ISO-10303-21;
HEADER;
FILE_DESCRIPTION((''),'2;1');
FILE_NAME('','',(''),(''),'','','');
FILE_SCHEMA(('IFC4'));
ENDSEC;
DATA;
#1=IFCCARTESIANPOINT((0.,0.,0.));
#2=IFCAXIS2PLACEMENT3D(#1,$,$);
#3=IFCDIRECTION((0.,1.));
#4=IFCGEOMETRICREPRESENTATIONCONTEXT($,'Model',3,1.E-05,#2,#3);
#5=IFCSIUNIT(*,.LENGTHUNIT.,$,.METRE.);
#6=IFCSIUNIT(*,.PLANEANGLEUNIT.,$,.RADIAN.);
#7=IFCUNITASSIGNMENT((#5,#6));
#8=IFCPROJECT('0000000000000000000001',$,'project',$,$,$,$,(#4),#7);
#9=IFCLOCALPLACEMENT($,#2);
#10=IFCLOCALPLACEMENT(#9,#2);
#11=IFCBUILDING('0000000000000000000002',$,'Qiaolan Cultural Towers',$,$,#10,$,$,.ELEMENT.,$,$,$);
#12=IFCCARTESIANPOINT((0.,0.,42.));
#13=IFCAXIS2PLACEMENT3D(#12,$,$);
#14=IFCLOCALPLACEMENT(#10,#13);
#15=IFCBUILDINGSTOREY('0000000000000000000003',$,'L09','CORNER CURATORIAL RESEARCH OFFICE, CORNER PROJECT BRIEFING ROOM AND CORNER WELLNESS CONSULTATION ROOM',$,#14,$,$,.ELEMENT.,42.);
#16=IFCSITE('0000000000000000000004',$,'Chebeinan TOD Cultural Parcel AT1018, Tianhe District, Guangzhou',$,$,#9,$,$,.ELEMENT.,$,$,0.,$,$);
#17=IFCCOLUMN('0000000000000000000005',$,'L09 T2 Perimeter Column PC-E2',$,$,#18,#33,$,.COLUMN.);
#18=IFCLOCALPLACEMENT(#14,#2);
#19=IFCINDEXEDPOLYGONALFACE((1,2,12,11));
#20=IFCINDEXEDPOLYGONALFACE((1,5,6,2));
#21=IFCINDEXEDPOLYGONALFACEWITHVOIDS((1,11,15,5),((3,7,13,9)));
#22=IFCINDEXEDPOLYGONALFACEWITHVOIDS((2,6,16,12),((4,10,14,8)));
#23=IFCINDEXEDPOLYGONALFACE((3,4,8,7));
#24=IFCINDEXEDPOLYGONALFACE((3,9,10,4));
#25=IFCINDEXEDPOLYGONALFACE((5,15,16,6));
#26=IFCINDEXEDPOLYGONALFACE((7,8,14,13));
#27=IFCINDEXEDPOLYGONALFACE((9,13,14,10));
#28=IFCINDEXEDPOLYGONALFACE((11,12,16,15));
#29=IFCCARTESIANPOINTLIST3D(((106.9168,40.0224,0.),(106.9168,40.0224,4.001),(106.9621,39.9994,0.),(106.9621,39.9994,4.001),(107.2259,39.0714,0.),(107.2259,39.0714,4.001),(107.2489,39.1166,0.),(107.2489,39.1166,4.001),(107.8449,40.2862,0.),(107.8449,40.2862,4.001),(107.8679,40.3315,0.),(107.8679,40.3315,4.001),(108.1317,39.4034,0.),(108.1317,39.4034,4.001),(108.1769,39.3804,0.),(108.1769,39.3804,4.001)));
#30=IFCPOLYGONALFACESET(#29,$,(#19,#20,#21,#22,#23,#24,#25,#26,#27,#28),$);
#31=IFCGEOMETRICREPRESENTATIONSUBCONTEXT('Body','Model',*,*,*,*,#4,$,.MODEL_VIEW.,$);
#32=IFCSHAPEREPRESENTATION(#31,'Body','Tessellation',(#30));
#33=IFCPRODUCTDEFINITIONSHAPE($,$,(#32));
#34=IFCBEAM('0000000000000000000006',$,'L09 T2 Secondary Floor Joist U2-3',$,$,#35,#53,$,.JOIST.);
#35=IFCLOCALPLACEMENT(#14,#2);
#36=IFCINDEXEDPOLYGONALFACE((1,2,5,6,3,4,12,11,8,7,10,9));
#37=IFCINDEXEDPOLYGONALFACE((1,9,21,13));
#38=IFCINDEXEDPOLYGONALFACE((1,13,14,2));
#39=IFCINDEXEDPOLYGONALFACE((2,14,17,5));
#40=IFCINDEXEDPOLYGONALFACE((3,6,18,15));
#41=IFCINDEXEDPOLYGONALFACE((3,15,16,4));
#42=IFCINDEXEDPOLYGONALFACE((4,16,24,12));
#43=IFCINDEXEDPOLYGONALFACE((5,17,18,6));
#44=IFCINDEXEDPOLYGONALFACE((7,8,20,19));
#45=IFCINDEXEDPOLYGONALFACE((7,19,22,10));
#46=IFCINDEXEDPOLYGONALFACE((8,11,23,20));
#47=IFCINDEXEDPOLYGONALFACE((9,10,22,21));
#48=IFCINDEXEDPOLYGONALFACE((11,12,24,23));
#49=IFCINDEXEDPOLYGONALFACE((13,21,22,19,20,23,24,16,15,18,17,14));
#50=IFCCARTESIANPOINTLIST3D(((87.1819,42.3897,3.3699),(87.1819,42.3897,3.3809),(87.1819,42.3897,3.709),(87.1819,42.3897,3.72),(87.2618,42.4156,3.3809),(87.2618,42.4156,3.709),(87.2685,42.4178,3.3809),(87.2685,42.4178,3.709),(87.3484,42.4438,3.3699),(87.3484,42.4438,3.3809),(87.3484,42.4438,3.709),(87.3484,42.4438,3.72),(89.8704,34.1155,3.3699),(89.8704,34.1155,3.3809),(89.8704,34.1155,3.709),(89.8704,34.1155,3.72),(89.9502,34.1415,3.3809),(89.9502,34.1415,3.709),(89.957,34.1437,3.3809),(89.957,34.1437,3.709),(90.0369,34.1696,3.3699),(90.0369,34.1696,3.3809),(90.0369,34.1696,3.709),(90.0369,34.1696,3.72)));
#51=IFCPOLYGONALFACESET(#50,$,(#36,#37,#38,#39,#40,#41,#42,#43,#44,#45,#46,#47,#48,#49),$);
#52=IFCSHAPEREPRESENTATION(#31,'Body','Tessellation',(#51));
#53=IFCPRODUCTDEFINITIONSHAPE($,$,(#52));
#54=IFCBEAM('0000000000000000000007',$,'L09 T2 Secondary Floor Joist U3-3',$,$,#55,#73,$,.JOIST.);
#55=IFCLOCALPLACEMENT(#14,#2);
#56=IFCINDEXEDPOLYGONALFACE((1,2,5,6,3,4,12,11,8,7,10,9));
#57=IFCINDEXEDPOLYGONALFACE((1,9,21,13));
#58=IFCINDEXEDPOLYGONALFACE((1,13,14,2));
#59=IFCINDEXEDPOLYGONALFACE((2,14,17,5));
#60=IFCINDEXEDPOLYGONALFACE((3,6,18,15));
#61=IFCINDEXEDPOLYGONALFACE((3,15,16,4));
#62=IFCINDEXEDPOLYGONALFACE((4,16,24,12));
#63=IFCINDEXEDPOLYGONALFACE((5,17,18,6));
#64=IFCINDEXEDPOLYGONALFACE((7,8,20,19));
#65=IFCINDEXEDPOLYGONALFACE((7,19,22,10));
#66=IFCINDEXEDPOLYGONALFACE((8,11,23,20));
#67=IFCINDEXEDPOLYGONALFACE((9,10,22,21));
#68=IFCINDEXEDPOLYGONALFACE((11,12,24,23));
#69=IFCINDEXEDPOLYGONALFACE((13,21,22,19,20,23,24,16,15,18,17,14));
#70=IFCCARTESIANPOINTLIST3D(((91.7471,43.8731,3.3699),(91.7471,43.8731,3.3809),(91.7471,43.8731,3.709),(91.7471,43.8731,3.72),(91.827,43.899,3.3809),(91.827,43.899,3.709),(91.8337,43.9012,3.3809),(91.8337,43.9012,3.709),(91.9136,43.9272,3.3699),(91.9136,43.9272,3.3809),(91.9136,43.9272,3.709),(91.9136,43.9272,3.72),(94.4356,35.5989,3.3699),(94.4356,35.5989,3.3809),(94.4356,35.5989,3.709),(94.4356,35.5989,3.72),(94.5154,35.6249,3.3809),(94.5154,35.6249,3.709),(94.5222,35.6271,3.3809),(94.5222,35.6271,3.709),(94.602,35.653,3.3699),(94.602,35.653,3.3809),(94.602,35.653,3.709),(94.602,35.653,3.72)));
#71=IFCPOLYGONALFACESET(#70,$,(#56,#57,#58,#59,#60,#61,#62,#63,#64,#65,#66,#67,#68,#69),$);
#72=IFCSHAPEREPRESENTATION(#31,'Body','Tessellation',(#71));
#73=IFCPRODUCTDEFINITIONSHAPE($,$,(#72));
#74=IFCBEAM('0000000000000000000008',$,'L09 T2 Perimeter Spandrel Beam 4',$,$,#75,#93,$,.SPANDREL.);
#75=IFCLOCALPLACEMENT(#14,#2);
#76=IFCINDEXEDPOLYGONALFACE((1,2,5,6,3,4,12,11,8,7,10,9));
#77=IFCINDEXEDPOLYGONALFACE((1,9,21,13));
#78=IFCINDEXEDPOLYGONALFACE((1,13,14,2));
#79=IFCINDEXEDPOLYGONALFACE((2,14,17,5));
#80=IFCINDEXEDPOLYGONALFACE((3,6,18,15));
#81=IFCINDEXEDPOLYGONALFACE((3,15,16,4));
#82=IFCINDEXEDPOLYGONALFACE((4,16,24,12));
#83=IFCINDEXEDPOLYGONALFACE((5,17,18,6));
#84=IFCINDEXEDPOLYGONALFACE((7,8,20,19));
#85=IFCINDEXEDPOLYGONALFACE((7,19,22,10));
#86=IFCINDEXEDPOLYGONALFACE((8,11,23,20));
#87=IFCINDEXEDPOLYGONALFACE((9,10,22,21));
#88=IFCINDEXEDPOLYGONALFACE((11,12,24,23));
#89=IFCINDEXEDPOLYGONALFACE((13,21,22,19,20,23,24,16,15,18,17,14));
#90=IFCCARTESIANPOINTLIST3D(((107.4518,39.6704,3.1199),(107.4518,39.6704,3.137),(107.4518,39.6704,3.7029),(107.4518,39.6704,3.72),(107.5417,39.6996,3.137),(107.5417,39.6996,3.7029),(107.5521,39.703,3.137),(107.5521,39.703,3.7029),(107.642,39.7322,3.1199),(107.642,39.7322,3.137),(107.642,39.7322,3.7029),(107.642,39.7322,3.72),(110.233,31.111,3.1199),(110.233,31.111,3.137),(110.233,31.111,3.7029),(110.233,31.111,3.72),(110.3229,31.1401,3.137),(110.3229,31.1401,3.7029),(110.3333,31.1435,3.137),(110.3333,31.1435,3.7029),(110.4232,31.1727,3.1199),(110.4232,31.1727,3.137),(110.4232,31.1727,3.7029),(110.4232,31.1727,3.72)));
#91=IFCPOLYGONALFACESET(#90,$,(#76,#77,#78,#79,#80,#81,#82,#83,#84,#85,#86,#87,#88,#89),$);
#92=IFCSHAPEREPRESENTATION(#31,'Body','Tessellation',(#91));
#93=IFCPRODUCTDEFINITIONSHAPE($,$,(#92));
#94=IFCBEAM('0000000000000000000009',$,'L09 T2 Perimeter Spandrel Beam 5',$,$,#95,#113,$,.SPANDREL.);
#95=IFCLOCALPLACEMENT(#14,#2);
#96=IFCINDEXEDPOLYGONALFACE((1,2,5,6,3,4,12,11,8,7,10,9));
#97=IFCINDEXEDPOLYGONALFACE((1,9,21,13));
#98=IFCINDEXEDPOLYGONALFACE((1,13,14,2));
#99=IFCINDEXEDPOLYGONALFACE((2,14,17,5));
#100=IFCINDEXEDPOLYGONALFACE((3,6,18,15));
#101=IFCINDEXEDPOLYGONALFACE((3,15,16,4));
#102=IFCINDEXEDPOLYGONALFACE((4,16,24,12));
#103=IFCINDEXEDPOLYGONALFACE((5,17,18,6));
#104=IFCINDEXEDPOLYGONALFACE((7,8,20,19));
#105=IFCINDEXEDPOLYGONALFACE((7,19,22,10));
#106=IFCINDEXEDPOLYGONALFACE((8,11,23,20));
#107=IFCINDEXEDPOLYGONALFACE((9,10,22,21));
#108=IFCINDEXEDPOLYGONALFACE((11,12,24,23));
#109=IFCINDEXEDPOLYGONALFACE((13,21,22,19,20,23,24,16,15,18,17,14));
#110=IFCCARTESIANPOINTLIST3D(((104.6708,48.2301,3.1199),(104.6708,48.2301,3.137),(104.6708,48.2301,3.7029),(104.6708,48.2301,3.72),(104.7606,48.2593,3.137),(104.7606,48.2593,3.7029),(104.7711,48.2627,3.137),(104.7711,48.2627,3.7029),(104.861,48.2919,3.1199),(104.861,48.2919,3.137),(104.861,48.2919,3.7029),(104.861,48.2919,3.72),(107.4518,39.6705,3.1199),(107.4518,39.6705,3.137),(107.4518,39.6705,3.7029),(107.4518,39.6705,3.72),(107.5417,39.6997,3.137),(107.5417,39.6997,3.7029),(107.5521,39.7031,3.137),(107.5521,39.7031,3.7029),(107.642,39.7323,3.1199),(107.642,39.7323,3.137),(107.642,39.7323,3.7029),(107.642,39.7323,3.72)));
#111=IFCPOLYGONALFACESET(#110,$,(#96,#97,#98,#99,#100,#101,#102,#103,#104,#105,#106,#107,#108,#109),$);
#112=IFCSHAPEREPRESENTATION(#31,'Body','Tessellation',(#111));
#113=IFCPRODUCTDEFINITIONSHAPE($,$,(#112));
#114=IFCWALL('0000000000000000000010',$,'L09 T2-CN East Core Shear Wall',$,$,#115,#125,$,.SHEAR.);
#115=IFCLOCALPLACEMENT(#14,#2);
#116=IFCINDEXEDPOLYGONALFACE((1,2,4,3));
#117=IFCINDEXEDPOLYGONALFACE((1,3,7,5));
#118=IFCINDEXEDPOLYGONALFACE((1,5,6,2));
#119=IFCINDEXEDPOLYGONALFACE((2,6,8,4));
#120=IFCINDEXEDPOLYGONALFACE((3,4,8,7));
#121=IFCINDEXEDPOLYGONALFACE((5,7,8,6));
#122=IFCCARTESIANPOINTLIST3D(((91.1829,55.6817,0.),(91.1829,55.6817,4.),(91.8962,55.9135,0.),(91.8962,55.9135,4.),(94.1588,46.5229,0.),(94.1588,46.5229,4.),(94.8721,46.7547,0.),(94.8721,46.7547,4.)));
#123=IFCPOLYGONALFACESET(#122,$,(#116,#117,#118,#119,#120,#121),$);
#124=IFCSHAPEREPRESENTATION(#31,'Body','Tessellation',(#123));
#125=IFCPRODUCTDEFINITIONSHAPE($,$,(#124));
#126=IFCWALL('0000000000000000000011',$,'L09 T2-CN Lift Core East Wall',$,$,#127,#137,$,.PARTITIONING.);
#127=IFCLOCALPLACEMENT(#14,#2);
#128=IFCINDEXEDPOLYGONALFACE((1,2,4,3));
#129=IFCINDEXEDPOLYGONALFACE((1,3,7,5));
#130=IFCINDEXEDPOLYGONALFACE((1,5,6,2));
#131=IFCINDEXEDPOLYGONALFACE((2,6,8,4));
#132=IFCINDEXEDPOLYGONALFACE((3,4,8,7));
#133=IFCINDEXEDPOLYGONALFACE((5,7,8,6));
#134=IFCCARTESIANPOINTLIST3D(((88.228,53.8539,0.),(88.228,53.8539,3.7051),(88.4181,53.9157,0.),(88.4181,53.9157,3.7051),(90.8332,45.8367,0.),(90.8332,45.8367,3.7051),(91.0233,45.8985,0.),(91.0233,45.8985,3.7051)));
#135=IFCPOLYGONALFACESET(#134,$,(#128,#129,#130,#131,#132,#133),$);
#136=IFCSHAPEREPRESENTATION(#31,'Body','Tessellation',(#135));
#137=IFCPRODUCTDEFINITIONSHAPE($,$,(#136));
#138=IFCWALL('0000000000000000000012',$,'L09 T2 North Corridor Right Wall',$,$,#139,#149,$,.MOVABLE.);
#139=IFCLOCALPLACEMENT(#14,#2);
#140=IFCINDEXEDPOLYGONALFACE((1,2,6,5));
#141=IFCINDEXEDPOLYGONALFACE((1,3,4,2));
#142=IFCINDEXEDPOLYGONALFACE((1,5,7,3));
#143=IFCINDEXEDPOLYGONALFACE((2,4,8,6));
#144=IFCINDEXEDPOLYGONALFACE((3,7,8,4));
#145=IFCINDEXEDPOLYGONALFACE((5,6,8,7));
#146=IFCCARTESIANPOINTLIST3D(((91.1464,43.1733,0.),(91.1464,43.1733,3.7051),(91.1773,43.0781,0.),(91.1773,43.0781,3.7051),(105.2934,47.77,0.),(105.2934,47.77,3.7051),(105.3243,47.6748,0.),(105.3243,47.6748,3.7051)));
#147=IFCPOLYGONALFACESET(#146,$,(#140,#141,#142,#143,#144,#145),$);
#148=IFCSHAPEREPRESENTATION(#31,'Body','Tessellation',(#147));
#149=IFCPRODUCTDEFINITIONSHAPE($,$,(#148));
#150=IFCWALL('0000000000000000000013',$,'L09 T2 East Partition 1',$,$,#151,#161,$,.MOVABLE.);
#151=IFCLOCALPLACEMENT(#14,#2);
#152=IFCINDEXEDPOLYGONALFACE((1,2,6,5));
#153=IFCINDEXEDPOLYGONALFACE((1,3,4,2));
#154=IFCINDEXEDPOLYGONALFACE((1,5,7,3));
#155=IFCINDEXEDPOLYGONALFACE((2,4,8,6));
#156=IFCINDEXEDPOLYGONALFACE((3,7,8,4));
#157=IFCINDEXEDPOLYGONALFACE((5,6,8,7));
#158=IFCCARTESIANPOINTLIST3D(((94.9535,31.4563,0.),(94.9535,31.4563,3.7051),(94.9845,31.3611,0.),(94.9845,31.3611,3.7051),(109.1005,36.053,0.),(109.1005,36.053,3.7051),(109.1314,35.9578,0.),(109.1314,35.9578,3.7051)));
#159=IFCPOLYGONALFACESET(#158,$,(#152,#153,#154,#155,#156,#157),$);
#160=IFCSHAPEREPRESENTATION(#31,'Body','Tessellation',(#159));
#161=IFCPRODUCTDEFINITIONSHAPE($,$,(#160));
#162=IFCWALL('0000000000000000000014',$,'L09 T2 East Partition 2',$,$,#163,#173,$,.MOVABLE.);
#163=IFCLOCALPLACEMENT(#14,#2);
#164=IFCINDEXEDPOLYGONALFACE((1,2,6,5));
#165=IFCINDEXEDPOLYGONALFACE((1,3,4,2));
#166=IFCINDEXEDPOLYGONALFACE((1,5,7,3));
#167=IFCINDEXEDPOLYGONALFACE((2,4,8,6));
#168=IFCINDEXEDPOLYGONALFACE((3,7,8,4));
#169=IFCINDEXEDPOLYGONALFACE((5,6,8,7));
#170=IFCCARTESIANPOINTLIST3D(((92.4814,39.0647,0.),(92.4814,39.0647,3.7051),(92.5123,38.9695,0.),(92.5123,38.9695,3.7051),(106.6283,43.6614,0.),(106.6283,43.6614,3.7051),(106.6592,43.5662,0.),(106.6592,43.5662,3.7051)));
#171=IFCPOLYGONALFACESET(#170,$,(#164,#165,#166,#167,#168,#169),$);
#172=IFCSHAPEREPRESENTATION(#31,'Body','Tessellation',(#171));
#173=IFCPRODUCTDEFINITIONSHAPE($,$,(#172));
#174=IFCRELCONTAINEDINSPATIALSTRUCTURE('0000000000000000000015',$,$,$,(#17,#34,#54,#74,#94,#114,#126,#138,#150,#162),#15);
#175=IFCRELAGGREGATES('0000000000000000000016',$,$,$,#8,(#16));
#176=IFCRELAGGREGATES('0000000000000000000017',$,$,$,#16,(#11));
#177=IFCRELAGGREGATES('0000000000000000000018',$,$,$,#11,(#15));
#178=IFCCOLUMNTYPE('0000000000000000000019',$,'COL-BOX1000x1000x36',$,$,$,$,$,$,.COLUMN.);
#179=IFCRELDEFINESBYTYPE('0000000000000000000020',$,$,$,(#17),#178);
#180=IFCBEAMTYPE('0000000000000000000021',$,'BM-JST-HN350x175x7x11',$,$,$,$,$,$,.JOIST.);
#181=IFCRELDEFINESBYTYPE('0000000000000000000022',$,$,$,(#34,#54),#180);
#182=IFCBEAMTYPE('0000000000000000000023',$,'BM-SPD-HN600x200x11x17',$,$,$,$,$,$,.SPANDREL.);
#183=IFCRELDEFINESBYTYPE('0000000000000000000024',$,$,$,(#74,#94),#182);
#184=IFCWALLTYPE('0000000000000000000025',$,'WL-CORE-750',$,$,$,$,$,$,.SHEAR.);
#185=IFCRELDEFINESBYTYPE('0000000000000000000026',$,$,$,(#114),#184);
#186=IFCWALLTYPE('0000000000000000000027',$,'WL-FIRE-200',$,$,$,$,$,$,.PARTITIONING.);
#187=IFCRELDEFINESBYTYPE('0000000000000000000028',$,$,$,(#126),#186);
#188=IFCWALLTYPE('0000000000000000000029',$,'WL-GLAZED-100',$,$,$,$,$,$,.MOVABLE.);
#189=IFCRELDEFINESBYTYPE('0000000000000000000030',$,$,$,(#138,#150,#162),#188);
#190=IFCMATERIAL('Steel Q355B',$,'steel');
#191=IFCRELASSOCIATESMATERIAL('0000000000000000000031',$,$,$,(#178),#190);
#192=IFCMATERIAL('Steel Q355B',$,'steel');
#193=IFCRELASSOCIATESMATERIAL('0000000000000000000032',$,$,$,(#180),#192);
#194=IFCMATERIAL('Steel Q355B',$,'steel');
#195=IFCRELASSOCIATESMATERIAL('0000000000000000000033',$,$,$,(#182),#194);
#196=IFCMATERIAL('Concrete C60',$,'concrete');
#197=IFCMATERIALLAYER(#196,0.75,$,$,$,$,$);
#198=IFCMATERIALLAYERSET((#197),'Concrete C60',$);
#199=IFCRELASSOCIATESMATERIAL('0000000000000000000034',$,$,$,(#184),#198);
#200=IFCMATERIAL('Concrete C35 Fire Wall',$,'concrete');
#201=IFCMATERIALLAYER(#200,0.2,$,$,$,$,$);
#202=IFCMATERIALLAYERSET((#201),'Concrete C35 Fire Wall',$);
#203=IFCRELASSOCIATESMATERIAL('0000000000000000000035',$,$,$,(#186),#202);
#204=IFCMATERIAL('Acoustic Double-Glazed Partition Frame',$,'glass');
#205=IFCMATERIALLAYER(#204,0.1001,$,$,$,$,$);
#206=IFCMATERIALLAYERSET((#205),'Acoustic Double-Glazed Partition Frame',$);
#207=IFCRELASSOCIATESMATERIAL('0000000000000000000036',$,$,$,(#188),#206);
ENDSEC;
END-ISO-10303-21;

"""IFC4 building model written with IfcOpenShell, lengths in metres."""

from ifc_helpers import new_model, si_unit, direction, frame, frame_2d, origin, origin_2d, place, context, subcontext, project, spatial, rectangle, hollow_rectangle, i_section, extrude, material, layer, layer_set, material_profile, profile_set, type_object, element, save


model = new_model("IFC4")

# Units and contexts
model_context = context("Model", 3, precision=1e-05, world=origin(), true_north=direction((0.0, 1.0)))
body_context = subcontext(model_context, "Body", "Model", "MODEL_VIEW")
ifc_project = project(units=[si_unit("LENGTHUNIT", "METRE"), si_unit("PLANEANGLEUNIT", "RADIAN")], contexts=[model_context])

# Site, building, storey
site_placement = place(None, origin())
site = spatial("IfcSite", under=ifc_project, at=site_placement, Name="Chebeinan TOD Cultural Parcel AT1018, Tianhe District, Guangzhou", CompositionType="ELEMENT", RefElevation=0.0)
building_placement = place(site_placement, origin())
building = spatial("IfcBuilding", under=site, at=building_placement, Name="Qiaolan Cultural Towers", CompositionType="ELEMENT")
storey_placement = place(building_placement, frame((0.0, 0.0, 42.0)))
storey = spatial("IfcBuildingStorey", under=building, at=storey_placement, Name="L09", Description="CORNER CURATORIAL RESEARCH OFFICE, CORNER PROJECT BRIEFING ROOM AND CORNER WELLNESS CONSULTATION ROOM", CompositionType="ELEMENT", Elevation=42.0)

# Column
ifc_material_1 = material(Name="Steel Q355B", Category="steel")
ifc_material_profile_1 = material_profile(ifc_material_1, hollow_rectangle(XDim=1.0, YDim=1.0, WallThickness=0.0359, at=origin_2d()), Name="BOX1000x1000x36")
ifc_profile_set_1 = profile_set([ifc_material_profile_1], Name="Steel Q355B")
column_type = type_object("IfcColumnType", Name="COL-BOX1000x1000x36", PredefinedType="COLUMN", material=ifc_profile_set_1)
column_placement = place(storey_placement, frame((107.5469, 39.7014, 0.0), z_axis=(0.0, 0.0, 1.0), x_axis=(0.951057, 0.309017, 0.0)))
element("IfcColumn", 1, at=column_placement, inside=storey, type_object=column_type, Name="L09 T2 Perimeter Column PC-E2", PredefinedType="COLUMN", context=body_context, shape_type="SweptSolid", body=[
    extrude(hollow_rectangle(XDim=1.0, YDim=1.0, WallThickness=0.0359, at=origin_2d()), origin(), (0.0, 0.0, 1.0), 4.001),
])

# Beams
ifc_material_2 = material(Name="Steel Q355B", Category="steel")
ifc_material_profile_2 = material_profile(ifc_material_2, i_section(OverallWidth=0.175, OverallDepth=0.3501, WebThickness=0.0071, FlangeThickness=0.011, at=origin_2d()), Name="HN350x175x7x11")
ifc_profile_set_2 = profile_set([ifc_material_profile_2], Name="Steel Q355B")
beam_type_1 = type_object("IfcBeamType", Name="BM-JST-HN350x175x7x11", PredefinedType="JOIST", material=ifc_profile_set_2)
for number, where, z_axis, x_axis, name in (
    (2, (89.9536, 34.1426, 3.5449), (-0.309021, 0.951055, 0.0), (-0.951055, -0.309021, 0.0), "L09 T2 Secondary Floor Joist U2-3"),
    (3, (94.5188, 35.626, 3.5449), (-0.309021, 0.951055, 0.0), (-0.951055, -0.309021, 0.0), "L09 T2 Secondary Floor Joist U3-3"),
):
    element("IfcBeam", number, at=place(storey_placement, frame(where, z_axis=z_axis, x_axis=x_axis)), inside=storey, type_object=beam_type_1, Name=name, PredefinedType="JOIST", context=body_context, shape_type="SweptSolid", body=[
        extrude(i_section(OverallWidth=0.175, OverallDepth=0.3501, WebThickness=0.0071, FlangeThickness=0.011, at=origin_2d()), origin(), (0.0, 0.0, 1.0), 8.7),
    ])
ifc_material_3 = material(Name="Steel Q355B", Category="steel")
ifc_material_profile_3 = material_profile(ifc_material_3, i_section(OverallWidth=0.2, OverallDepth=0.6001, WebThickness=0.011, FlangeThickness=0.0171, at=origin_2d()), Name="HN600x200x11x17")
ifc_profile_set_3 = profile_set([ifc_material_profile_3], Name="Steel Q355B")
beam_type_2 = type_object("IfcBeamType", Name="BM-SPD-HN600x200x11x17", PredefinedType="SPANDREL", material=ifc_profile_set_3)
for number, where, z_axis, x_axis, name in (
    (4, (110.3281, 31.1418, 3.4199), (-0.309025, 0.951054, 0.0), (-0.951054, -0.309025, 0.0), "L09 T2 Perimeter Spandrel Beam 4"),
    (5, (107.5469, 39.7014, 3.4199), (-0.309, 0.951062, 0.0), (-0.951062, -0.309, 0.0), "L09 T2 Perimeter Spandrel Beam 5"),
):
    element("IfcBeam", number, at=place(storey_placement, frame(where, z_axis=z_axis, x_axis=x_axis)), inside=storey, type_object=beam_type_2, Name=name, PredefinedType="SPANDREL", context=body_context, shape_type="SweptSolid", body=[
        extrude(i_section(OverallWidth=0.2, OverallDepth=0.6001, WebThickness=0.011, FlangeThickness=0.0171, at=origin_2d()), origin(), (0.0, 0.0, 1.0), 9.0),
    ])

# Walls
ifc_material_4 = material(Name="Concrete C60", Category="concrete")
ifc_layer_1 = layer(ifc_material_4, 0.75)
ifc_layer_set_1 = layer_set([ifc_layer_1], Name="Concrete C60")
wall_type_1 = type_object("IfcWallType", Name="WL-CORE-750", PredefinedType="SHEAR", material=ifc_layer_set_1)
wall_1_placement = place(storey_placement, frame((94.5154, 46.6389, 0.0), z_axis=(0.0, 0.0, 1.0), x_axis=(-0.309016, 0.951057, 0.0)))
element("IfcWall", 6, at=wall_1_placement, inside=storey, type_object=wall_type_1, Name="L09 T2-CN East Core Shear Wall", PredefinedType="SHEAR", context=body_context, shape_type="SweptSolid", body=[
    extrude(rectangle(XDim=9.6301, YDim=0.75, at=frame_2d((4.8149, 0.0))), origin(), (0.0, 0.0, 1.0), 4.0),
])
ifc_material_5 = material(Name="Concrete C35 Fire Wall", Category="concrete")
ifc_layer_2 = layer(ifc_material_5, 0.2)
ifc_layer_set_2 = layer_set([ifc_layer_2], Name="Concrete C35 Fire Wall")
wall_type_2 = type_object("IfcWallType", Name="WL-FIRE-200", PredefinedType="PARTITIONING", material=ifc_layer_set_2)
wall_2_placement = place(storey_placement, frame((90.9282, 45.8677, 0.0), z_axis=(0.0, 0.0, 1.0), x_axis=(-0.309042, 0.951048, 0.0)))
element("IfcWall", 7, at=wall_2_placement, inside=storey, type_object=wall_type_2, Name="L09 T2-CN Lift Core East Wall", PredefinedType="PARTITIONING", context=body_context, shape_type="SweptSolid", body=[
    extrude(rectangle(XDim=8.4299, YDim=0.2, at=frame_2d((4.2148, 0.0))), origin(), (0.0, 0.0, 1.0), 3.7051),
])
ifc_material_6 = material(Name="Acoustic Double-Glazed Partition Frame", Category="glass")
ifc_layer_3 = layer(ifc_material_6, 0.1001)
ifc_layer_set_3 = layer_set([ifc_layer_3], Name="Acoustic Double-Glazed Partition Frame")
wall_type_3 = type_object("IfcWallType", Name="WL-GLAZED-100", PredefinedType="MOVABLE", material=ifc_layer_set_3)
for number, where, z_axis, x_axis, name in (
    (8, (91.1619, 43.1257, 0.0), (0.0, 0.0, 1.0), (0.951056, 0.30902, 0.0), "L09 T2 North Corridor Right Wall"),
    (9, (94.969, 31.4087, 0.0), (0.0, 0.0, 1.0), (0.951056, 0.30902, 0.0), "L09 T2 East Partition 1"),
    (10, (92.4968, 39.0171, 0.0), (0.0, 0.0, 1.0), (0.951056, 0.30902, 0.0), "L09 T2 East Partition 2"),
):
    element("IfcWall", number, at=place(storey_placement, frame(where, z_axis=z_axis, x_axis=x_axis)), inside=storey, type_object=wall_type_3, Name=name, PredefinedType="MOVABLE", context=body_context, shape_type="SweptSolid", body=[
        extrude(rectangle(XDim=14.875, YDim=0.1001, at=frame_2d((7.4375, 0.0))), origin(), (0.0, 0.0, 1.0), 3.7051),
    ])

save(model, "model.ifc")
